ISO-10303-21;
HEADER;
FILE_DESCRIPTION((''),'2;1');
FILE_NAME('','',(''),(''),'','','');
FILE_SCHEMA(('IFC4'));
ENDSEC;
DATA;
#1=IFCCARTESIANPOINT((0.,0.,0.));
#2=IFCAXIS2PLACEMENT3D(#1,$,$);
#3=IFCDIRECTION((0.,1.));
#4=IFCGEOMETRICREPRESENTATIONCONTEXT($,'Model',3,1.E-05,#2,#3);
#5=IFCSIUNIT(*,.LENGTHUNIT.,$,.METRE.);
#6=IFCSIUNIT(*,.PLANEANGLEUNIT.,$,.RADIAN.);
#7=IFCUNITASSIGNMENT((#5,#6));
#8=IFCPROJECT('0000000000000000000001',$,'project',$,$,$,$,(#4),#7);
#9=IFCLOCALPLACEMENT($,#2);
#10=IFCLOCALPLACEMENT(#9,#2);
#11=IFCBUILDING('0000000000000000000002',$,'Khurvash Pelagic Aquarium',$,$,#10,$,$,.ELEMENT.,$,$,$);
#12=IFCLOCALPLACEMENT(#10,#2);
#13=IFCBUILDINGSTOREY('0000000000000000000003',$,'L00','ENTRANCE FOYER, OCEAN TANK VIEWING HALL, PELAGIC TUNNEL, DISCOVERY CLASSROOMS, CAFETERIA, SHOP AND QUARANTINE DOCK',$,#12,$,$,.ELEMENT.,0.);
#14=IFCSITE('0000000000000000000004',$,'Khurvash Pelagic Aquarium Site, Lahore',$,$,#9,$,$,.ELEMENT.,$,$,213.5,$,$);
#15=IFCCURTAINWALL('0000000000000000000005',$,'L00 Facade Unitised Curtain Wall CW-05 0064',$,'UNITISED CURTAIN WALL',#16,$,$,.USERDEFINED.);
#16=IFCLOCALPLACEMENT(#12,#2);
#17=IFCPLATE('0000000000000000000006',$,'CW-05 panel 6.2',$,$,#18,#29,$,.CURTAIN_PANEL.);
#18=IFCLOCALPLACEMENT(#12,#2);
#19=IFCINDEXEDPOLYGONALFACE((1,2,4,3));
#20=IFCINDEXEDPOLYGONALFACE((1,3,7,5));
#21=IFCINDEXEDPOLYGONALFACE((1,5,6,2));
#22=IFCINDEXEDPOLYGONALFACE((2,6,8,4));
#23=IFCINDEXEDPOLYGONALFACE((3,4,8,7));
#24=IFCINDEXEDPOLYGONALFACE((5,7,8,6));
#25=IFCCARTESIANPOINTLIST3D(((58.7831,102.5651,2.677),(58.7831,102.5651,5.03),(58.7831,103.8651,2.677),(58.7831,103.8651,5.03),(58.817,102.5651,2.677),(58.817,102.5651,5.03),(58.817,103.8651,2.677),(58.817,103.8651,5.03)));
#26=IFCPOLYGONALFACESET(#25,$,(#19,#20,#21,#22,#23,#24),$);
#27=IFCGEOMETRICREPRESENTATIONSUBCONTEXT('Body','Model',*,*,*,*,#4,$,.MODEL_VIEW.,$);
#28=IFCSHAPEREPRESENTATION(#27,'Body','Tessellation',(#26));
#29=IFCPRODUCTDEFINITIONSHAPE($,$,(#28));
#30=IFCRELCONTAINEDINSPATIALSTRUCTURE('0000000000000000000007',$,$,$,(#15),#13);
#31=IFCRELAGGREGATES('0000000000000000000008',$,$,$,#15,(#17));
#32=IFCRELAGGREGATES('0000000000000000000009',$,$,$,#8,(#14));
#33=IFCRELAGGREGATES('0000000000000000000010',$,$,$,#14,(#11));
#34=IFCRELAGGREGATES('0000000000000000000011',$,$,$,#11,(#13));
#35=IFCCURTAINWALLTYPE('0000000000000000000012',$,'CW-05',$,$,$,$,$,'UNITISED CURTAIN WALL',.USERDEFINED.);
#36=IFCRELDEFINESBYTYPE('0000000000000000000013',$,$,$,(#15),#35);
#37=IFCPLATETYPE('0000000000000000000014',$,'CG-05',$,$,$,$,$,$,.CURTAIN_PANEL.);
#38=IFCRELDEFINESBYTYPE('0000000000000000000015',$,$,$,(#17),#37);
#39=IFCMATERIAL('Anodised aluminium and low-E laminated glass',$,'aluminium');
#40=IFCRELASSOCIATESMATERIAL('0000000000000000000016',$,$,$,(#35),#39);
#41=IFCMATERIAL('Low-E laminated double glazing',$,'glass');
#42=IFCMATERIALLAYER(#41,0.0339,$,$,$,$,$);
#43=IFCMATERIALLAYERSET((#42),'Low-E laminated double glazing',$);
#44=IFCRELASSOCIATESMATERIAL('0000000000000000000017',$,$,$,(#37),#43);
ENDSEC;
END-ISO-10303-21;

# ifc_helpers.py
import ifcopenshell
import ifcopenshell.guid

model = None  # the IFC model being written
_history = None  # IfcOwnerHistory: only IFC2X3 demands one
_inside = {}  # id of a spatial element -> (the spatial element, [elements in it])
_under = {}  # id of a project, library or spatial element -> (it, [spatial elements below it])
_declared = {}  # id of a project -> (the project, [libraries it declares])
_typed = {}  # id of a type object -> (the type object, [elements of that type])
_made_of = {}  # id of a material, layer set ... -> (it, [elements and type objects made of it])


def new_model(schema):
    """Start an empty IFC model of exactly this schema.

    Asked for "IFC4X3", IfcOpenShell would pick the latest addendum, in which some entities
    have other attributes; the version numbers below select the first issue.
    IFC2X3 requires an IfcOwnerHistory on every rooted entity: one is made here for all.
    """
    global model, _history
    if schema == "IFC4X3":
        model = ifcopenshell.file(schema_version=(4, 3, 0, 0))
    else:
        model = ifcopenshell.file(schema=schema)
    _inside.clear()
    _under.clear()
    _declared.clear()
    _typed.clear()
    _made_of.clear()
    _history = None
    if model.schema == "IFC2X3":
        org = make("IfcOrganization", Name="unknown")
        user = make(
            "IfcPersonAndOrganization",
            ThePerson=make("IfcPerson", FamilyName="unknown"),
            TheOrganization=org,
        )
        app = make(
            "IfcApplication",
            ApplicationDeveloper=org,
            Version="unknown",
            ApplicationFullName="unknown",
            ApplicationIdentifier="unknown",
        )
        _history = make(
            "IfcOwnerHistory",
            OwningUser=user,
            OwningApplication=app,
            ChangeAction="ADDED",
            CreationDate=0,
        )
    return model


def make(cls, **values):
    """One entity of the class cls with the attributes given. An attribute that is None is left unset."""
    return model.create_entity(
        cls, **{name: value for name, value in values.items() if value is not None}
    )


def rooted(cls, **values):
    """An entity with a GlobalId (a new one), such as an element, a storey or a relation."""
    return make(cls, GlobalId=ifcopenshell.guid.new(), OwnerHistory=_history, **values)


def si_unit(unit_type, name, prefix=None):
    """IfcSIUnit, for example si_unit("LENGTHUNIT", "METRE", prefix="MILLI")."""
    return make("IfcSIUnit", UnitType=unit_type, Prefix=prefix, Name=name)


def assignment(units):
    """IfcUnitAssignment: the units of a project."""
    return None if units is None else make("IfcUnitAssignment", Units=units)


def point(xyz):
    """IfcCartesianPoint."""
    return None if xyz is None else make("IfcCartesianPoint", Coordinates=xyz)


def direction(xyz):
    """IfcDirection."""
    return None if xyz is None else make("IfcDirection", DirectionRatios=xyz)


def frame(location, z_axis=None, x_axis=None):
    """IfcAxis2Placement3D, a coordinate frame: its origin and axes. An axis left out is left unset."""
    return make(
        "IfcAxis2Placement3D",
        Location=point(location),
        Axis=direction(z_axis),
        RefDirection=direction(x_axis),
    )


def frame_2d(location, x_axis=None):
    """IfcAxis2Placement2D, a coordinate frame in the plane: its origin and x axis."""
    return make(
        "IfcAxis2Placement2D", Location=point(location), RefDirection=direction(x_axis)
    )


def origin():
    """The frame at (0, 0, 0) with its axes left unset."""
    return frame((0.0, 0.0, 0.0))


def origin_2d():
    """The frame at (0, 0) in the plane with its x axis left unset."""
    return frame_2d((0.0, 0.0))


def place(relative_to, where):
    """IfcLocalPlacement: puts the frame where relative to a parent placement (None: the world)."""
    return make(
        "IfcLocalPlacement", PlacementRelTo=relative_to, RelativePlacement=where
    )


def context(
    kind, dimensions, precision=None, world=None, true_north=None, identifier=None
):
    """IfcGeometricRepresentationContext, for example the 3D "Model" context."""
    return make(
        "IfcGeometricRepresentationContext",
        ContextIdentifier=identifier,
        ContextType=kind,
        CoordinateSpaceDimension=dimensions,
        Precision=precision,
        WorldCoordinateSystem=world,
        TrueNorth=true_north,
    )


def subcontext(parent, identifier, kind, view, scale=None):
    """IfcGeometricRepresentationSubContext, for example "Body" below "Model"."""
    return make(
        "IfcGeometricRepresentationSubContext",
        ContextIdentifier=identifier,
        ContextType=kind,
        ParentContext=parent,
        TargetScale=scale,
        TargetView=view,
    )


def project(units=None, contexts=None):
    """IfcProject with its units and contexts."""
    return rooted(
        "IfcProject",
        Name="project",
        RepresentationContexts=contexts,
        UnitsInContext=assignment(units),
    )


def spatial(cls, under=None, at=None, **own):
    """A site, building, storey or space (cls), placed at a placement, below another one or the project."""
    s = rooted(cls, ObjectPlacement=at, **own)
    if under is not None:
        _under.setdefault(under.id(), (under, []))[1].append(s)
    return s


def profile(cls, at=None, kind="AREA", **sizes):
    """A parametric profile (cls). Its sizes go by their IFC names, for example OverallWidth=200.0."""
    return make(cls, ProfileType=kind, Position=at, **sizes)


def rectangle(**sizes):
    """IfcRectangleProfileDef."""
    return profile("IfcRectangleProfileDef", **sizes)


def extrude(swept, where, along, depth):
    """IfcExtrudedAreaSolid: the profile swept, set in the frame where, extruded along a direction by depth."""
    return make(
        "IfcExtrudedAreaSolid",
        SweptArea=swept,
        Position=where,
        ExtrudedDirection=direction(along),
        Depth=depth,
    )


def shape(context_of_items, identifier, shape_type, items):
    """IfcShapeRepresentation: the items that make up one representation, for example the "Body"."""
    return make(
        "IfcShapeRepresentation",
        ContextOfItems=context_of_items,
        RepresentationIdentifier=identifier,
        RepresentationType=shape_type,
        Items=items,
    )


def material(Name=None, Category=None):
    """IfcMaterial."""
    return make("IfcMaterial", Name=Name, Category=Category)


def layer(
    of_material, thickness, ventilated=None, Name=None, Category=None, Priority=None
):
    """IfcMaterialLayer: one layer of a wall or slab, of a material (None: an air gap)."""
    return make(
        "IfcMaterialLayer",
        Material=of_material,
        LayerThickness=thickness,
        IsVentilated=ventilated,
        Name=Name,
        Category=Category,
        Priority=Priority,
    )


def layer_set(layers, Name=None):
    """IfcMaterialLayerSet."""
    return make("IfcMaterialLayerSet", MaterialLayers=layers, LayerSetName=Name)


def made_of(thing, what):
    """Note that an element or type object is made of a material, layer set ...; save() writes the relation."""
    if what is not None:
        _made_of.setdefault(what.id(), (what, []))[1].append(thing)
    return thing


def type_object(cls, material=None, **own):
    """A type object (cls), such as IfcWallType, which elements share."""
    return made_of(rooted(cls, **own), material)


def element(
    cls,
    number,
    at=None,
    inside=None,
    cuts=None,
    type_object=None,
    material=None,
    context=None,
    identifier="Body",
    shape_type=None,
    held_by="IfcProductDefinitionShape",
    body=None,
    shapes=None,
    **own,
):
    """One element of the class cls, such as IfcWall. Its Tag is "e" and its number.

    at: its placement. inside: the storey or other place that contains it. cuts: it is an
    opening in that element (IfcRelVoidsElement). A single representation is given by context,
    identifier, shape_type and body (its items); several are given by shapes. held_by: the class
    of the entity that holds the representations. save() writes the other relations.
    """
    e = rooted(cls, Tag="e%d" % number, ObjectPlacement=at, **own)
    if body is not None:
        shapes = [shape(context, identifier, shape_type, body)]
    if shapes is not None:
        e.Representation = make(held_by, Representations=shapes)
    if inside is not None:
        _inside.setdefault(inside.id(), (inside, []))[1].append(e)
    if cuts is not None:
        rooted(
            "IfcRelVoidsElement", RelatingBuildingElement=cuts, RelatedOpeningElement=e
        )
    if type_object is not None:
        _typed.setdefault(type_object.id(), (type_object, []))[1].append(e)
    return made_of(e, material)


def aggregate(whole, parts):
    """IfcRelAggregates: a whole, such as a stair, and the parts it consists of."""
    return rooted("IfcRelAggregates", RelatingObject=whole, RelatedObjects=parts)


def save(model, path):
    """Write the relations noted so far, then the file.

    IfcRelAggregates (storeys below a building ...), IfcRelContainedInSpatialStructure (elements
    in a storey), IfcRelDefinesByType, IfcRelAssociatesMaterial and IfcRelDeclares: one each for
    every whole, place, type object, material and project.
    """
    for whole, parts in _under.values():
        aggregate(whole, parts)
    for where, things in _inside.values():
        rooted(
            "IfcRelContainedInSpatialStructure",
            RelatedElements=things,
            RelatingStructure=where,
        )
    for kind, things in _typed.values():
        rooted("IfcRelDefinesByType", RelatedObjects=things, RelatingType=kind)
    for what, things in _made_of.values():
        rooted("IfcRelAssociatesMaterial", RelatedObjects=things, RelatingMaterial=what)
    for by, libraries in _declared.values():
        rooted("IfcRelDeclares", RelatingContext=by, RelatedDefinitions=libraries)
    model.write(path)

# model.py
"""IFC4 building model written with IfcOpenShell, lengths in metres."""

from ifc_helpers import new_model, si_unit, direction, frame, origin, origin_2d, place, context, subcontext, project, spatial, rectangle, extrude, material, layer, layer_set, type_object, element, aggregate, save


model = new_model("IFC4")

# Units and contexts
model_context = context("Model", 3, precision=1e-05, world=origin(), true_north=direction((0.0, 1.0)))
body_context = subcontext(model_context, "Body", "Model", "MODEL_VIEW")
ifc_project = project(units=[si_unit("LENGTHUNIT", "METRE"), si_unit("PLANEANGLEUNIT", "RADIAN")], contexts=[model_context])

# Site, building, storey
site_placement = place(None, origin())
site = spatial("IfcSite", under=ifc_project, at=site_placement, Name="Khurvash Pelagic Aquarium Site, Lahore", CompositionType="ELEMENT", RefElevation=213.5)
building_placement = place(site_placement, origin())
building = spatial("IfcBuilding", under=site, at=building_placement, Name="Khurvash Pelagic Aquarium", CompositionType="ELEMENT")
storey_placement = place(building_placement, origin())
storey = spatial("IfcBuildingStorey", under=building, at=storey_placement, Name="L00", Description="ENTRANCE FOYER, OCEAN TANK VIEWING HALL, PELAGIC TUNNEL, DISCOVERY CLASSROOMS, CAFETERIA, SHOP AND QUARANTINE DOCK", CompositionType="ELEMENT", Elevation=0.0)

# Curtain wall, plate
ifc_material_1 = material(Name="Anodised aluminium and low-E laminated glass", Category="aluminium")
curtain_wall_type = type_object("IfcCurtainWallType", Name="CW-05", ElementType="UNITISED CURTAIN WALL", PredefinedType="USERDEFINED", material=ifc_material_1)
curtain_wall_placement = place(storey_placement, origin())
curtain_wall = element("IfcCurtainWall", 1, at=curtain_wall_placement, inside=storey, type_object=curtain_wall_type, Name="L00 Facade Unitised Curtain Wall CW-05 0064", ObjectType="UNITISED CURTAIN WALL", PredefinedType="USERDEFINED")
ifc_material_2 = material(Name="Low-E laminated double glazing", Category="glass")
ifc_layer = layer(ifc_material_2, 0.0339)
ifc_layer_set = layer_set([ifc_layer], Name="Low-E laminated double glazing")
plate_type = type_object("IfcPlateType", Name="CG-05", PredefinedType="CURTAIN_PANEL", material=ifc_layer_set)
plate_1_placement = place(storey_placement, frame((58.8, 103.2151, 2.677), z_axis=(0.0, 0.0, 1.0), x_axis=(0.0, -1.0, 0.0)))
plate_1 = element("IfcPlate", 2, at=plate_1_placement, type_object=plate_type, Name="CW-05 panel 6.2", PredefinedType="CURTAIN_PANEL", context=body_context, shape_type="SweptSolid", body=[
    extrude(rectangle(XDim=1.3, YDim=0.0339, at=origin_2d()), origin(), (0.0, 0.0, 1.0), 2.353),
])
aggregate(curtain_wall, [plate_1])

save(model, "model.ifc")
